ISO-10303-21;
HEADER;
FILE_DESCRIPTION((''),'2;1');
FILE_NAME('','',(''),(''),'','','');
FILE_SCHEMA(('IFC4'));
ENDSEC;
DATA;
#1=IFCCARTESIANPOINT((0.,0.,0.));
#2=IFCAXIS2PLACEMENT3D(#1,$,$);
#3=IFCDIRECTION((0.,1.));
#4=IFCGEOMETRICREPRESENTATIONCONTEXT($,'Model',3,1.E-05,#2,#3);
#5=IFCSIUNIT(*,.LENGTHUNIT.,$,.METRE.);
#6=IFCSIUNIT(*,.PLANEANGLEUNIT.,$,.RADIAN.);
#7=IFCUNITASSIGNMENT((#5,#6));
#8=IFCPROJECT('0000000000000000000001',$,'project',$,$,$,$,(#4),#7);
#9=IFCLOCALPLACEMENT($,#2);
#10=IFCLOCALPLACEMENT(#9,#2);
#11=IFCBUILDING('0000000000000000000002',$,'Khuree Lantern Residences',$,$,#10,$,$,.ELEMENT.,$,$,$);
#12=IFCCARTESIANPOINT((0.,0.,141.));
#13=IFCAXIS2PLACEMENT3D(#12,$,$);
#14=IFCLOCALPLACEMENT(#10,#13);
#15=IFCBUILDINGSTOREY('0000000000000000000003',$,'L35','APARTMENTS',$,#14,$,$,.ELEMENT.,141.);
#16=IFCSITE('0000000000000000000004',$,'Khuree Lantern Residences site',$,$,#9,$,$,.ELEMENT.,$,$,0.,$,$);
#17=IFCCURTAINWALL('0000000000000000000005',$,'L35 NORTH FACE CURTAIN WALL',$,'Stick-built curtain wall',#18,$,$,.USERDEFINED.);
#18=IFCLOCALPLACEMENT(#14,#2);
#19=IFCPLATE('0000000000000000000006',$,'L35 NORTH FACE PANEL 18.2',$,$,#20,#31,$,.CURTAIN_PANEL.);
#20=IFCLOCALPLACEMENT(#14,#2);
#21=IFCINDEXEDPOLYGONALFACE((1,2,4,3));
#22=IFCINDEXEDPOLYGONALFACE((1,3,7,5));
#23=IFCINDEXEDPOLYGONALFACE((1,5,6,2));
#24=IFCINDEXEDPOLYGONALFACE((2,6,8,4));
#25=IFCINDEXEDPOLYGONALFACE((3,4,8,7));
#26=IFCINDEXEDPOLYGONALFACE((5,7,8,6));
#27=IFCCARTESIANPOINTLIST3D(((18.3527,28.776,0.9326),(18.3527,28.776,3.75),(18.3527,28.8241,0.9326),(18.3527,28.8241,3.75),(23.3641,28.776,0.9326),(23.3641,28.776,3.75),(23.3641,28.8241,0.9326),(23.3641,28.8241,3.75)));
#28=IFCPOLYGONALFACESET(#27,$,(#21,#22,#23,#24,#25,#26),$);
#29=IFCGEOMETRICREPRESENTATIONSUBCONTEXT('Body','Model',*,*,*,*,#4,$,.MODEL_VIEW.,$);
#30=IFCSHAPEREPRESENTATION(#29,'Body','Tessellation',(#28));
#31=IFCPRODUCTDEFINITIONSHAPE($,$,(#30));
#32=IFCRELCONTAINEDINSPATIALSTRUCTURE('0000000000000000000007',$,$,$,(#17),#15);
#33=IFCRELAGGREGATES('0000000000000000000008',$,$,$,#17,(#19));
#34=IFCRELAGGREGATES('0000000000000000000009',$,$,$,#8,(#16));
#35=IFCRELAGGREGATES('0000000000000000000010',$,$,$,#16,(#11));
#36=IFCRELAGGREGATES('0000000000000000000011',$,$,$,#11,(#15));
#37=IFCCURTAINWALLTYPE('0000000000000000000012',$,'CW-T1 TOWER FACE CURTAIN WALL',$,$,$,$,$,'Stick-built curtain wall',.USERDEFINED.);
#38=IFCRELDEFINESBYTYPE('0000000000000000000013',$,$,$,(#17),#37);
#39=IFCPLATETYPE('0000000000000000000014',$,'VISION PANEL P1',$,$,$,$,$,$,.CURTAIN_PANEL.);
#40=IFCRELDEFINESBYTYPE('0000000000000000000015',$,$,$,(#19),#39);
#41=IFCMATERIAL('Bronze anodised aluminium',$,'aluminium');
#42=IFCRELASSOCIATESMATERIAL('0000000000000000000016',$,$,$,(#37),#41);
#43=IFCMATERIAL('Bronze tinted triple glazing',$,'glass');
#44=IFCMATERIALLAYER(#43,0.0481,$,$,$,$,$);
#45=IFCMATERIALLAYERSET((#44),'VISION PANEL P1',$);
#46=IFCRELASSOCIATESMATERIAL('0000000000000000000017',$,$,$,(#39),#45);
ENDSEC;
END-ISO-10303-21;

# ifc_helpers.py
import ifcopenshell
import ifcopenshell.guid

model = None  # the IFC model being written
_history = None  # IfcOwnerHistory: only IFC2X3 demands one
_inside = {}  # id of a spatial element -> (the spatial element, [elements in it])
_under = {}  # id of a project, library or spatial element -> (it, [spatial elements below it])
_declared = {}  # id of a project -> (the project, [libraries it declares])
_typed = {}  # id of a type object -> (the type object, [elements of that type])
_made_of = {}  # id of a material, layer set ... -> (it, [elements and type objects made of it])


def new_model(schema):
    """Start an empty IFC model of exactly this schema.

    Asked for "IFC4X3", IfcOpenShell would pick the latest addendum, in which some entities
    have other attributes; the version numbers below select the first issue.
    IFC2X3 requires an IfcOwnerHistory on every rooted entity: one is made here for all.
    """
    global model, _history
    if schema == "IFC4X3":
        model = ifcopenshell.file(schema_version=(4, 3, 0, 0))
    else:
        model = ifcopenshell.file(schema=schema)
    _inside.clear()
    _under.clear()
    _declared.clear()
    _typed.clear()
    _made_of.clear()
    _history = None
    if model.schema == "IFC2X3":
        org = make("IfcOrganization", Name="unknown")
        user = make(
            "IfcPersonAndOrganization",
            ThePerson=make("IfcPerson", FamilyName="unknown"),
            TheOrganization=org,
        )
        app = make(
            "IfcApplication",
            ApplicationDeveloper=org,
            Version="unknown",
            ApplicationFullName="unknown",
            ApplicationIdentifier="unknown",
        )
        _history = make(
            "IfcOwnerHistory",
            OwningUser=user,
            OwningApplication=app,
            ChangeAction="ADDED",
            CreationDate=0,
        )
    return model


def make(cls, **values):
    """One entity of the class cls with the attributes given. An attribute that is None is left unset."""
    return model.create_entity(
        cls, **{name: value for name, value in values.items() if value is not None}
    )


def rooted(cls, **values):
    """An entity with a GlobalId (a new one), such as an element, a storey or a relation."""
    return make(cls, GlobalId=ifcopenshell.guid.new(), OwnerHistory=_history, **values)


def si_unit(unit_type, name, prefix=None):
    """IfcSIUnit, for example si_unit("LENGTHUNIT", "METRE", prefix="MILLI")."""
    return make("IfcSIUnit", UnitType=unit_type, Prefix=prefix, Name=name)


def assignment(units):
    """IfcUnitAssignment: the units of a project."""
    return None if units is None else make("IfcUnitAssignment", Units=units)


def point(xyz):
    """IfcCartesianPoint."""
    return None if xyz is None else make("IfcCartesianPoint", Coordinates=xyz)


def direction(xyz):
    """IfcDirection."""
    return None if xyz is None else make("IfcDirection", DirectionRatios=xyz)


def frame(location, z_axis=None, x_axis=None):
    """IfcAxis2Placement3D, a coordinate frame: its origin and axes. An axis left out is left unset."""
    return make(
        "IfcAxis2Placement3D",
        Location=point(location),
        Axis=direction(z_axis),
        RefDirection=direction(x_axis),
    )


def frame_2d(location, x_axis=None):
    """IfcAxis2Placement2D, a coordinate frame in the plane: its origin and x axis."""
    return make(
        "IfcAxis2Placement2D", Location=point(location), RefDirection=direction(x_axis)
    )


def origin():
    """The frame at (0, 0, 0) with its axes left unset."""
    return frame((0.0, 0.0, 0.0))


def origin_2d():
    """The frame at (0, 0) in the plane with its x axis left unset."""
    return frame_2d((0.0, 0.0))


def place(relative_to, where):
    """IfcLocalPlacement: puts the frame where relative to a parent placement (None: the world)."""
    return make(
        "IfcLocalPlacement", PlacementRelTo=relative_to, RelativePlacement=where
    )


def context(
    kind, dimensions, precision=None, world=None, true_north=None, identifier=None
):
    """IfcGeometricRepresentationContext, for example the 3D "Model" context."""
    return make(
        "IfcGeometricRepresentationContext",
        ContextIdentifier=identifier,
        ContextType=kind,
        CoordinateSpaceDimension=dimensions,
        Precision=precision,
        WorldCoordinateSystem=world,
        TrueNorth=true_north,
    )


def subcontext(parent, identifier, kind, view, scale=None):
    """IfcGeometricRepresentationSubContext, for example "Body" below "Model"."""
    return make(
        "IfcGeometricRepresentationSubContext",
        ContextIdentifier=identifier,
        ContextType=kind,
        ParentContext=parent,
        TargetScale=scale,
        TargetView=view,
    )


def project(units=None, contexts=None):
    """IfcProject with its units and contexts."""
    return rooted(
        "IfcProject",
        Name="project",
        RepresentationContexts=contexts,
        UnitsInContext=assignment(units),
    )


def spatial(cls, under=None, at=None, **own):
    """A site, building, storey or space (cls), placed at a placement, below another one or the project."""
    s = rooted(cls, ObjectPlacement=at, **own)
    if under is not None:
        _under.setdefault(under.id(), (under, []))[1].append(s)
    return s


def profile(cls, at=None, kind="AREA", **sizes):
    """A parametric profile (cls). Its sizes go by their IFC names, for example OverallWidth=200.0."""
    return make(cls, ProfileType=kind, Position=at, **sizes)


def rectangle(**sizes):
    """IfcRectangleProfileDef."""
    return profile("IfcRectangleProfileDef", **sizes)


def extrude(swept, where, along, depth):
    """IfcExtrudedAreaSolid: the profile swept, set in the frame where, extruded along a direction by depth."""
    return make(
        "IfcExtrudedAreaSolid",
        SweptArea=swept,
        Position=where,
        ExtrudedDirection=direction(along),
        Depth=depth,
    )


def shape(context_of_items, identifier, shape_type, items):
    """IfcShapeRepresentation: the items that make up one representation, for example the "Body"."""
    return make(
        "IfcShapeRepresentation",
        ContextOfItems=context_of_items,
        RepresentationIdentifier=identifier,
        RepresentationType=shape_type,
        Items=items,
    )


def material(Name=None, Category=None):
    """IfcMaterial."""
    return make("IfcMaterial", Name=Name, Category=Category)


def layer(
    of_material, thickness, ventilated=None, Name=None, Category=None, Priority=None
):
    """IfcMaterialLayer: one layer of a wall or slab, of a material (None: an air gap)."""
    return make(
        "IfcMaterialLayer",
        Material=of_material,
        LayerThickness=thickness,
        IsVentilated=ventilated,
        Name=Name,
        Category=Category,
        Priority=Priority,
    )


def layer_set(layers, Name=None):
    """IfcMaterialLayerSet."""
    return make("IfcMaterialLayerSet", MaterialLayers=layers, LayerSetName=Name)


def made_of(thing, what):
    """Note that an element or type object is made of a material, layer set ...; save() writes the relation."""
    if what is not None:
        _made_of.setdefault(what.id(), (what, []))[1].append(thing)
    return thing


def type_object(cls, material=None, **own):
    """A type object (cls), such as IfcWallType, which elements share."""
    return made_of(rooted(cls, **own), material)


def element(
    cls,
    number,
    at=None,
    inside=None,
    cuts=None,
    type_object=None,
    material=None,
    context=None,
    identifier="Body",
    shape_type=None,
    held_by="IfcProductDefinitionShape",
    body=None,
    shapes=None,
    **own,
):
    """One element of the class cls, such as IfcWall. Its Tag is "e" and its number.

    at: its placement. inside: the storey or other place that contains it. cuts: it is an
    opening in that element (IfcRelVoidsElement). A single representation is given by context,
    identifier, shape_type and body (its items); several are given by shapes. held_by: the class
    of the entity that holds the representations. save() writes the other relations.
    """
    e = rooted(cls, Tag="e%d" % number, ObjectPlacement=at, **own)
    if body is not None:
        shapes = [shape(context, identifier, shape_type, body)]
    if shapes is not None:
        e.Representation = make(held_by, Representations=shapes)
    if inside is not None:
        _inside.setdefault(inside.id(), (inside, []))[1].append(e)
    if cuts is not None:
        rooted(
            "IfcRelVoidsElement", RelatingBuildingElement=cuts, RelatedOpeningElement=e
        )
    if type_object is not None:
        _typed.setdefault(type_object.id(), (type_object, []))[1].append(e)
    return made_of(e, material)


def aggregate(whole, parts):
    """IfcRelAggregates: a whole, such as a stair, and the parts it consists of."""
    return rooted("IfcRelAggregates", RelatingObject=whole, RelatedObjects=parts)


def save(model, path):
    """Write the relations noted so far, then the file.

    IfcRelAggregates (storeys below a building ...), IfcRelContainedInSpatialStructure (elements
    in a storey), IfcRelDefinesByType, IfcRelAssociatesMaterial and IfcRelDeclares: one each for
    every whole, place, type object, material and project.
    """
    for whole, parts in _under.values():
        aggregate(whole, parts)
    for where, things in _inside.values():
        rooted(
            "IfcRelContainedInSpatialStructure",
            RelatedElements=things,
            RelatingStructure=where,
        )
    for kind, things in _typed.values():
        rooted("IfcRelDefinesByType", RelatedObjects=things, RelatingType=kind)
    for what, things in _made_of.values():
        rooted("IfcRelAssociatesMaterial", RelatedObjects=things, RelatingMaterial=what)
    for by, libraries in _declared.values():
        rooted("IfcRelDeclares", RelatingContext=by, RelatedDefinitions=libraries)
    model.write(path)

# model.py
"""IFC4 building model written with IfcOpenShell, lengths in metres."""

from ifc_helpers import new_model, si_unit, direction, frame, origin, origin_2d, place, context, subcontext, project, spatial, rectangle, extrude, material, layer, layer_set, type_object, element, aggregate, save


model = new_model("IFC4")

# Units and contexts
model_context = context("Model", 3, precision=1e-05, world=origin(), true_north=direction((0.0, 1.0)))
body_context = subcontext(model_context, "Body", "Model", "MODEL_VIEW")
ifc_project = project(units=[si_unit("LENGTHUNIT", "METRE"), si_unit("PLANEANGLEUNIT", "RADIAN")], contexts=[model_context])

# Site, building, storey
site_placement = place(None, origin())
site = spatial("IfcSite", under=ifc_project, at=site_placement, Name="Khuree Lantern Residences site", CompositionType="ELEMENT", RefElevation=0.0)
building_placement = place(site_placement, origin())
building = spatial("IfcBuilding", under=site, at=building_placement, Name="Khuree Lantern Residences", CompositionType="ELEMENT")
storey_placement = place(building_placement, frame((0.0, 0.0, 141.0)))
storey = spatial("IfcBuildingStorey", under=building, at=storey_placement, Name="L35", Description="APARTMENTS", CompositionType="ELEMENT", Elevation=141.0)

# Shared definitions
ifc_material_1 = material(Name="Bronze anodised aluminium", Category="aluminium")
curtain_wall_type_1 = type_object("IfcCurtainWallType", Name="CW-T1 TOWER FACE CURTAIN WALL", ElementType="Stick-built curtain wall", PredefinedType="USERDEFINED", material=ifc_material_1)

# Curtain wall
curtain_wall_1_placement = place(storey_placement, origin())
curtain_wall_1 = element("IfcCurtainWall", 1, at=curtain_wall_1_placement, inside=storey, type_object=curtain_wall_type_1, Name="L35 NORTH FACE CURTAIN WALL", ObjectType="Stick-built curtain wall", PredefinedType="USERDEFINED")

# Plate
ifc_material_2 = material(Name="Bronze tinted triple glazing", Category="glass")
ifc_layer_1 = layer(ifc_material_2, 0.0481)
ifc_layer_set_1 = layer_set([ifc_layer_1], Name="VISION PANEL P1")
plate_type_1 = type_object("IfcPlateType", Name="VISION PANEL P1", PredefinedType="CURTAIN_PANEL", material=ifc_layer_set_1)
plate_1_placement = place(storey_placement, frame((20.8584, 28.8, 0.9326), z_axis=(0.0, 0.0, 1.0), x_axis=(-1.0, 0.0, 0.0)))
plate_1 = element("IfcPlate", 2, at=plate_1_placement, type_object=plate_type_1, Name="L35 NORTH FACE PANEL 18.2", PredefinedType="CURTAIN_PANEL", context=body_context, shape_type="SweptSolid", body=[
    extrude(rectangle(XDim=5.0115, YDim=0.0481, at=origin_2d()), origin(), (0.0, 0.0, 1.0), 2.8174),
])
aggregate(curtain_wall_1, [plate_1])

save(model, "model.ifc")
